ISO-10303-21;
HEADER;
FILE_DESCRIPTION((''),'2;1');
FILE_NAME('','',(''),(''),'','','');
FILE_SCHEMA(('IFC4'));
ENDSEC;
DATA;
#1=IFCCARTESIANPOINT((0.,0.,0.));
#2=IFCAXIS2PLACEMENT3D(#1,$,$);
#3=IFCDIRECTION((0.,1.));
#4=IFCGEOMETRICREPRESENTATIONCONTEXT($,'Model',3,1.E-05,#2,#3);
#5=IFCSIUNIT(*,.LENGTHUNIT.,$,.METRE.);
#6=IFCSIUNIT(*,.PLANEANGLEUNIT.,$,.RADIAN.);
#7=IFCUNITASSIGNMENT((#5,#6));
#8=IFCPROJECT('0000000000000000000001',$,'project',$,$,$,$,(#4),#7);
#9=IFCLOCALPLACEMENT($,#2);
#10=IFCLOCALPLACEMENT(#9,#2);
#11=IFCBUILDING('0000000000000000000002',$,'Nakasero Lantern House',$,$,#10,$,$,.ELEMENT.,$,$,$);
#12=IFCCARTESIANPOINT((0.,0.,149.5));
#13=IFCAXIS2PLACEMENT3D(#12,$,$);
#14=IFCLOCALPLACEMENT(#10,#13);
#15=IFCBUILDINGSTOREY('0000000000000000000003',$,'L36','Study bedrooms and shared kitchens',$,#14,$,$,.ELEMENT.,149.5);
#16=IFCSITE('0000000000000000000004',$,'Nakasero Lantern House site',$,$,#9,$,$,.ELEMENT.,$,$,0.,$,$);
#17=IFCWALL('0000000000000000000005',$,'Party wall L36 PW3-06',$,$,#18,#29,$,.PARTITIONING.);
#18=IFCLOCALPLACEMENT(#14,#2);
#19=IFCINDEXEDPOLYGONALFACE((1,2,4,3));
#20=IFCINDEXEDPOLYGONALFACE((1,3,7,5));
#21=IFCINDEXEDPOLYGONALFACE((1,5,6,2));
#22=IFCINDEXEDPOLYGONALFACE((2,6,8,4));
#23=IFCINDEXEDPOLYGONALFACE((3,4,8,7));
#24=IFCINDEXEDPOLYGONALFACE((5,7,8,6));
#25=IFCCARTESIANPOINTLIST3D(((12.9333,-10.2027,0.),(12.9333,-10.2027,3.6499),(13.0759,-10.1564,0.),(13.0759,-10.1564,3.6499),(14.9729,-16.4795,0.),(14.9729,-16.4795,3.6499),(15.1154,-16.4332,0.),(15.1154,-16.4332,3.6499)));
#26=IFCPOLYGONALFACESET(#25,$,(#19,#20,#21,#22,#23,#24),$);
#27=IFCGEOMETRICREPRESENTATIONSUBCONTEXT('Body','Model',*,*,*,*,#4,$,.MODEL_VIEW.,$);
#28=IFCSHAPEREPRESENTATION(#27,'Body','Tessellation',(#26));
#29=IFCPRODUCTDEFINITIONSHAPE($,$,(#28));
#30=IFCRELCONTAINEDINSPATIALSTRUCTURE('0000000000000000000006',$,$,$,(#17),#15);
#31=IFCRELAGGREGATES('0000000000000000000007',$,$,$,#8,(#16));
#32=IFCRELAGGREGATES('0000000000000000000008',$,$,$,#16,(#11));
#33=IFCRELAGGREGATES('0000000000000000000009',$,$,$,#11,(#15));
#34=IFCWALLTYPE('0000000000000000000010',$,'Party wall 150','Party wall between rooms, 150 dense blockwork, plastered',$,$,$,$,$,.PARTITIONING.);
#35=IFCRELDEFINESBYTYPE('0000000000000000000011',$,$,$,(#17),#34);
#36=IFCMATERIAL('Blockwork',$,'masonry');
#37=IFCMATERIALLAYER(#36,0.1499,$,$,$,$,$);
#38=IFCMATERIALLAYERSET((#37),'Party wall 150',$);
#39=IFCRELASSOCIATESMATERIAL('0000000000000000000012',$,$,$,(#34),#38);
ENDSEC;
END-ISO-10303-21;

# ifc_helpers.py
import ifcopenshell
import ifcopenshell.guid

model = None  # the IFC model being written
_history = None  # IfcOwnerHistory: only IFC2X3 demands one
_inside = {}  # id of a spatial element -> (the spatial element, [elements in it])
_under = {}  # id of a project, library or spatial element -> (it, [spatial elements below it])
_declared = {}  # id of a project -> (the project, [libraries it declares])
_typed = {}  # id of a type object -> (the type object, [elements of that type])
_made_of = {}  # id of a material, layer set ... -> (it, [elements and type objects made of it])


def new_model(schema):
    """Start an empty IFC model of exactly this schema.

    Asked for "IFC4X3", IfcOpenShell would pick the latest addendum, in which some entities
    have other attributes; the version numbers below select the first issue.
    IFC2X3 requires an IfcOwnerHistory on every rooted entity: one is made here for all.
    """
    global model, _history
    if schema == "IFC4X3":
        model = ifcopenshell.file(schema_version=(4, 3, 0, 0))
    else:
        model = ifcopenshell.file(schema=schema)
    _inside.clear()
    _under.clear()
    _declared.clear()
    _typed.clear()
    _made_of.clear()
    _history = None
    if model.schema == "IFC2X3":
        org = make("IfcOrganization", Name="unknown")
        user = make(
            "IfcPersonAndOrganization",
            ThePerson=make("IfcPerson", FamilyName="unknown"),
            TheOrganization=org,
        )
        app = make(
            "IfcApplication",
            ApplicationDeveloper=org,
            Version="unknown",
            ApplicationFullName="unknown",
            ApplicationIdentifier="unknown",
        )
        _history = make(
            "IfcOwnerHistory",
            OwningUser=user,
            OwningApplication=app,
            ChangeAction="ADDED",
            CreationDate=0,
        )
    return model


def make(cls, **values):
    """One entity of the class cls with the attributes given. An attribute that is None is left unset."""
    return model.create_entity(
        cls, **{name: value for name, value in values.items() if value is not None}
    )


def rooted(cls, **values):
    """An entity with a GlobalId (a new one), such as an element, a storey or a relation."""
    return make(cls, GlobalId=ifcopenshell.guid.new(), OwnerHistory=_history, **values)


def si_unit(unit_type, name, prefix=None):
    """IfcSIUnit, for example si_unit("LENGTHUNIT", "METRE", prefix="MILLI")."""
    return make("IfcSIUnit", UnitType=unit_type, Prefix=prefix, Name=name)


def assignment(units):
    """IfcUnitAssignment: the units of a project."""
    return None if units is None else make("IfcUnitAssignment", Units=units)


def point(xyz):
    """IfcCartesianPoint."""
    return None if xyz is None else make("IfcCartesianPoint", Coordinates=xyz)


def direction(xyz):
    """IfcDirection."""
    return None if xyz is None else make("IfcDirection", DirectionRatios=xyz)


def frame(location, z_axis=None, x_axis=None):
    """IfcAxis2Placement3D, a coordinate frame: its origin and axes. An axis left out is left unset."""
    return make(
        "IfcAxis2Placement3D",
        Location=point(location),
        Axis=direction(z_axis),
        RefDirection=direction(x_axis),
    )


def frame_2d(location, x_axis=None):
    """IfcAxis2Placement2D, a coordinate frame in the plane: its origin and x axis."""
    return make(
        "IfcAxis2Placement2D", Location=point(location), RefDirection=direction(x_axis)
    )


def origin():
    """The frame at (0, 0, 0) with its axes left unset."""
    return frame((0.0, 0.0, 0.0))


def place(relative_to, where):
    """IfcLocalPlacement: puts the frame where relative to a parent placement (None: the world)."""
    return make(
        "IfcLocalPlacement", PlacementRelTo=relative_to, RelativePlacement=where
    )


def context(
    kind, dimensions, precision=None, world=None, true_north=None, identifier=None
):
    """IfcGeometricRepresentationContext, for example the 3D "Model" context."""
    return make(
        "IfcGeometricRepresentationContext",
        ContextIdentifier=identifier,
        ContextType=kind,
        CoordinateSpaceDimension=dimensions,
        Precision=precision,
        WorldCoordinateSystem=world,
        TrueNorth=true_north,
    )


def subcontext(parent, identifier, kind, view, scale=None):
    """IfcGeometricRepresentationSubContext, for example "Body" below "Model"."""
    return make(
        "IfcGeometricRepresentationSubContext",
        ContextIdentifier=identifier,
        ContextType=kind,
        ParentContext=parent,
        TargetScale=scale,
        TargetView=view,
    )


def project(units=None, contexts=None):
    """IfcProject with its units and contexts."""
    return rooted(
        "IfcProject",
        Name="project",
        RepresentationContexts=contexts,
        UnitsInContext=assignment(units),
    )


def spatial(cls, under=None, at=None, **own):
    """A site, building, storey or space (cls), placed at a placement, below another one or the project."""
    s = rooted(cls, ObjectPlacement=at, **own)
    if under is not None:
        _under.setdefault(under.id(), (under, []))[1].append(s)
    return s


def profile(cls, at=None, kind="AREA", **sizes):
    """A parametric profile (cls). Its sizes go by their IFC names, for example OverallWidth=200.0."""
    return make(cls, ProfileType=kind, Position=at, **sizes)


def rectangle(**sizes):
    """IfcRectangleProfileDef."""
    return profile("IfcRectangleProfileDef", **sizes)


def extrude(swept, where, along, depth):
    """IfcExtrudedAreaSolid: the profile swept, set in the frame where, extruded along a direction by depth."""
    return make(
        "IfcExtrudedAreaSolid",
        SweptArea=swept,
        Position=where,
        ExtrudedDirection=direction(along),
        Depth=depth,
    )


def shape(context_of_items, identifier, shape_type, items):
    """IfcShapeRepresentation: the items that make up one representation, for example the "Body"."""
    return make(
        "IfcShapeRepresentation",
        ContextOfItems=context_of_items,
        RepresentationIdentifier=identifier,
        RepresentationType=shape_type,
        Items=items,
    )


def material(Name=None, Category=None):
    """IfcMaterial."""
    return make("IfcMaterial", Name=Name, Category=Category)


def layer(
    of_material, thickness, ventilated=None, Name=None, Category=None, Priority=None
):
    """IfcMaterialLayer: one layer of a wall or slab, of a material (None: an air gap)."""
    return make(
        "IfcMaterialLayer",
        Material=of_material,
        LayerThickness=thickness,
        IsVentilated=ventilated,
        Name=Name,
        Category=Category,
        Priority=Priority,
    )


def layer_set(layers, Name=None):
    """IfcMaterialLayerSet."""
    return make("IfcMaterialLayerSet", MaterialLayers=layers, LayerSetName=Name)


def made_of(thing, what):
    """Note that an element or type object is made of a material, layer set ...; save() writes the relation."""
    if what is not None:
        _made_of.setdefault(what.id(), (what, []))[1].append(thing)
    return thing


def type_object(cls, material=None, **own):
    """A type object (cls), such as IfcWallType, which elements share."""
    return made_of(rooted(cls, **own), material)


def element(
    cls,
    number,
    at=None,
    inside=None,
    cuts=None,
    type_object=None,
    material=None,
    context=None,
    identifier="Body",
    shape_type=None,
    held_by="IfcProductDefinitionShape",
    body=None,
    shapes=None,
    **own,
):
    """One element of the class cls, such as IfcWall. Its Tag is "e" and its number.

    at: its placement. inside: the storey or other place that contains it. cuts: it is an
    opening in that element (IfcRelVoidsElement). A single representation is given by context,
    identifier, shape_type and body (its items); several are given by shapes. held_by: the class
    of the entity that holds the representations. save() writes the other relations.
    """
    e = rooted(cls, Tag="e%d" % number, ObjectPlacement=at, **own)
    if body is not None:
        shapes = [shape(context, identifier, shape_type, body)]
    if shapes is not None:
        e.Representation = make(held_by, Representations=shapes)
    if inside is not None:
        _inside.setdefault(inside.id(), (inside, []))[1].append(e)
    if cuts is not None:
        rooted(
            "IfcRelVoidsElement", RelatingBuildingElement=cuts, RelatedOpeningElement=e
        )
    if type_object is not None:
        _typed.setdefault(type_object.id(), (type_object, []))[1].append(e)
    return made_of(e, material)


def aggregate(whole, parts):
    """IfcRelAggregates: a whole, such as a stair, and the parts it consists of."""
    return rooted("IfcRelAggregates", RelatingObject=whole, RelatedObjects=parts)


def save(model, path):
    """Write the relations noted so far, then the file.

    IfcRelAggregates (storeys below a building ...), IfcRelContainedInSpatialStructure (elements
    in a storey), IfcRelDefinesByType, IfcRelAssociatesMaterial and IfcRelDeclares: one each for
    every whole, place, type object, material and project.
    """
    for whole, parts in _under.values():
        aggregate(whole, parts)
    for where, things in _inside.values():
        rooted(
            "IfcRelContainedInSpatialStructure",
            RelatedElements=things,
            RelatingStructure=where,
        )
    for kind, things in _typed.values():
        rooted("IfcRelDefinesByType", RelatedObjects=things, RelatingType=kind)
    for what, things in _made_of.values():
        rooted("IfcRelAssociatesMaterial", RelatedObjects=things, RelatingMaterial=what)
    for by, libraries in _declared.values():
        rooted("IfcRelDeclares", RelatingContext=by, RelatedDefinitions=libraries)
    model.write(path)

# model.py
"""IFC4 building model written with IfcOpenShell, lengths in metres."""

from ifc_helpers import new_model, si_unit, direction, frame, frame_2d, origin, place, context, subcontext, project, spatial, rectangle, extrude, material, layer, layer_set, type_object, element, save


model = new_model("IFC4")

# Units and contexts
model_context = context("Model", 3, precision=1e-05, world=origin(), true_north=direction((0.0, 1.0)))
body_context = subcontext(model_context, "Body", "Model", "MODEL_VIEW")
ifc_project = project(units=[si_unit("LENGTHUNIT", "METRE"), si_unit("PLANEANGLEUNIT", "RADIAN")], contexts=[model_context])

# Site, building, storey
site_placement = place(None, origin())
site = spatial("IfcSite", under=ifc_project, at=site_placement, Name="Nakasero Lantern House site", CompositionType="ELEMENT", RefElevation=0.0)
building_placement = place(site_placement, origin())
building = spatial("IfcBuilding", under=site, at=building_placement, Name="Nakasero Lantern House", CompositionType="ELEMENT")
storey_placement = place(building_placement, frame((0.0, 0.0, 149.5)))
storey = spatial("IfcBuildingStorey", under=building, at=storey_placement, Name="L36", Description="Study bedrooms and shared kitchens", CompositionType="ELEMENT", Elevation=149.5)

# Wall
ifc_material_1 = material(Name="Blockwork", Category="masonry")
ifc_layer_1 = layer(ifc_material_1, 0.1499)
ifc_layer_set_1 = layer_set([ifc_layer_1], Name="Party wall 150")
wall_type_1 = type_object("IfcWallType", Name="Party wall 150", Description="Party wall between rooms, 150 dense blockwork, plastered", PredefinedType="PARTITIONING", material=ifc_layer_set_1)
wall_1_placement = place(storey_placement, frame((13.0046, -10.1797, 0.0), z_axis=(0.0, 0.0, 1.0), x_axis=(0.309028, -0.951053, 0.0)))
element("IfcWall", 1, at=wall_1_placement, inside=storey, type_object=wall_type_1, Name="Party wall L36 PW3-06", PredefinedType="PARTITIONING", context=body_context, shape_type="SweptSolid", body=[
    extrude(rectangle(XDim=6.5999, YDim=0.1499, at=frame_2d((3.2998, 0.0))), origin(), (0.0, 0.0, 1.0), 3.6499),
])

save(model, "model.ifc")
